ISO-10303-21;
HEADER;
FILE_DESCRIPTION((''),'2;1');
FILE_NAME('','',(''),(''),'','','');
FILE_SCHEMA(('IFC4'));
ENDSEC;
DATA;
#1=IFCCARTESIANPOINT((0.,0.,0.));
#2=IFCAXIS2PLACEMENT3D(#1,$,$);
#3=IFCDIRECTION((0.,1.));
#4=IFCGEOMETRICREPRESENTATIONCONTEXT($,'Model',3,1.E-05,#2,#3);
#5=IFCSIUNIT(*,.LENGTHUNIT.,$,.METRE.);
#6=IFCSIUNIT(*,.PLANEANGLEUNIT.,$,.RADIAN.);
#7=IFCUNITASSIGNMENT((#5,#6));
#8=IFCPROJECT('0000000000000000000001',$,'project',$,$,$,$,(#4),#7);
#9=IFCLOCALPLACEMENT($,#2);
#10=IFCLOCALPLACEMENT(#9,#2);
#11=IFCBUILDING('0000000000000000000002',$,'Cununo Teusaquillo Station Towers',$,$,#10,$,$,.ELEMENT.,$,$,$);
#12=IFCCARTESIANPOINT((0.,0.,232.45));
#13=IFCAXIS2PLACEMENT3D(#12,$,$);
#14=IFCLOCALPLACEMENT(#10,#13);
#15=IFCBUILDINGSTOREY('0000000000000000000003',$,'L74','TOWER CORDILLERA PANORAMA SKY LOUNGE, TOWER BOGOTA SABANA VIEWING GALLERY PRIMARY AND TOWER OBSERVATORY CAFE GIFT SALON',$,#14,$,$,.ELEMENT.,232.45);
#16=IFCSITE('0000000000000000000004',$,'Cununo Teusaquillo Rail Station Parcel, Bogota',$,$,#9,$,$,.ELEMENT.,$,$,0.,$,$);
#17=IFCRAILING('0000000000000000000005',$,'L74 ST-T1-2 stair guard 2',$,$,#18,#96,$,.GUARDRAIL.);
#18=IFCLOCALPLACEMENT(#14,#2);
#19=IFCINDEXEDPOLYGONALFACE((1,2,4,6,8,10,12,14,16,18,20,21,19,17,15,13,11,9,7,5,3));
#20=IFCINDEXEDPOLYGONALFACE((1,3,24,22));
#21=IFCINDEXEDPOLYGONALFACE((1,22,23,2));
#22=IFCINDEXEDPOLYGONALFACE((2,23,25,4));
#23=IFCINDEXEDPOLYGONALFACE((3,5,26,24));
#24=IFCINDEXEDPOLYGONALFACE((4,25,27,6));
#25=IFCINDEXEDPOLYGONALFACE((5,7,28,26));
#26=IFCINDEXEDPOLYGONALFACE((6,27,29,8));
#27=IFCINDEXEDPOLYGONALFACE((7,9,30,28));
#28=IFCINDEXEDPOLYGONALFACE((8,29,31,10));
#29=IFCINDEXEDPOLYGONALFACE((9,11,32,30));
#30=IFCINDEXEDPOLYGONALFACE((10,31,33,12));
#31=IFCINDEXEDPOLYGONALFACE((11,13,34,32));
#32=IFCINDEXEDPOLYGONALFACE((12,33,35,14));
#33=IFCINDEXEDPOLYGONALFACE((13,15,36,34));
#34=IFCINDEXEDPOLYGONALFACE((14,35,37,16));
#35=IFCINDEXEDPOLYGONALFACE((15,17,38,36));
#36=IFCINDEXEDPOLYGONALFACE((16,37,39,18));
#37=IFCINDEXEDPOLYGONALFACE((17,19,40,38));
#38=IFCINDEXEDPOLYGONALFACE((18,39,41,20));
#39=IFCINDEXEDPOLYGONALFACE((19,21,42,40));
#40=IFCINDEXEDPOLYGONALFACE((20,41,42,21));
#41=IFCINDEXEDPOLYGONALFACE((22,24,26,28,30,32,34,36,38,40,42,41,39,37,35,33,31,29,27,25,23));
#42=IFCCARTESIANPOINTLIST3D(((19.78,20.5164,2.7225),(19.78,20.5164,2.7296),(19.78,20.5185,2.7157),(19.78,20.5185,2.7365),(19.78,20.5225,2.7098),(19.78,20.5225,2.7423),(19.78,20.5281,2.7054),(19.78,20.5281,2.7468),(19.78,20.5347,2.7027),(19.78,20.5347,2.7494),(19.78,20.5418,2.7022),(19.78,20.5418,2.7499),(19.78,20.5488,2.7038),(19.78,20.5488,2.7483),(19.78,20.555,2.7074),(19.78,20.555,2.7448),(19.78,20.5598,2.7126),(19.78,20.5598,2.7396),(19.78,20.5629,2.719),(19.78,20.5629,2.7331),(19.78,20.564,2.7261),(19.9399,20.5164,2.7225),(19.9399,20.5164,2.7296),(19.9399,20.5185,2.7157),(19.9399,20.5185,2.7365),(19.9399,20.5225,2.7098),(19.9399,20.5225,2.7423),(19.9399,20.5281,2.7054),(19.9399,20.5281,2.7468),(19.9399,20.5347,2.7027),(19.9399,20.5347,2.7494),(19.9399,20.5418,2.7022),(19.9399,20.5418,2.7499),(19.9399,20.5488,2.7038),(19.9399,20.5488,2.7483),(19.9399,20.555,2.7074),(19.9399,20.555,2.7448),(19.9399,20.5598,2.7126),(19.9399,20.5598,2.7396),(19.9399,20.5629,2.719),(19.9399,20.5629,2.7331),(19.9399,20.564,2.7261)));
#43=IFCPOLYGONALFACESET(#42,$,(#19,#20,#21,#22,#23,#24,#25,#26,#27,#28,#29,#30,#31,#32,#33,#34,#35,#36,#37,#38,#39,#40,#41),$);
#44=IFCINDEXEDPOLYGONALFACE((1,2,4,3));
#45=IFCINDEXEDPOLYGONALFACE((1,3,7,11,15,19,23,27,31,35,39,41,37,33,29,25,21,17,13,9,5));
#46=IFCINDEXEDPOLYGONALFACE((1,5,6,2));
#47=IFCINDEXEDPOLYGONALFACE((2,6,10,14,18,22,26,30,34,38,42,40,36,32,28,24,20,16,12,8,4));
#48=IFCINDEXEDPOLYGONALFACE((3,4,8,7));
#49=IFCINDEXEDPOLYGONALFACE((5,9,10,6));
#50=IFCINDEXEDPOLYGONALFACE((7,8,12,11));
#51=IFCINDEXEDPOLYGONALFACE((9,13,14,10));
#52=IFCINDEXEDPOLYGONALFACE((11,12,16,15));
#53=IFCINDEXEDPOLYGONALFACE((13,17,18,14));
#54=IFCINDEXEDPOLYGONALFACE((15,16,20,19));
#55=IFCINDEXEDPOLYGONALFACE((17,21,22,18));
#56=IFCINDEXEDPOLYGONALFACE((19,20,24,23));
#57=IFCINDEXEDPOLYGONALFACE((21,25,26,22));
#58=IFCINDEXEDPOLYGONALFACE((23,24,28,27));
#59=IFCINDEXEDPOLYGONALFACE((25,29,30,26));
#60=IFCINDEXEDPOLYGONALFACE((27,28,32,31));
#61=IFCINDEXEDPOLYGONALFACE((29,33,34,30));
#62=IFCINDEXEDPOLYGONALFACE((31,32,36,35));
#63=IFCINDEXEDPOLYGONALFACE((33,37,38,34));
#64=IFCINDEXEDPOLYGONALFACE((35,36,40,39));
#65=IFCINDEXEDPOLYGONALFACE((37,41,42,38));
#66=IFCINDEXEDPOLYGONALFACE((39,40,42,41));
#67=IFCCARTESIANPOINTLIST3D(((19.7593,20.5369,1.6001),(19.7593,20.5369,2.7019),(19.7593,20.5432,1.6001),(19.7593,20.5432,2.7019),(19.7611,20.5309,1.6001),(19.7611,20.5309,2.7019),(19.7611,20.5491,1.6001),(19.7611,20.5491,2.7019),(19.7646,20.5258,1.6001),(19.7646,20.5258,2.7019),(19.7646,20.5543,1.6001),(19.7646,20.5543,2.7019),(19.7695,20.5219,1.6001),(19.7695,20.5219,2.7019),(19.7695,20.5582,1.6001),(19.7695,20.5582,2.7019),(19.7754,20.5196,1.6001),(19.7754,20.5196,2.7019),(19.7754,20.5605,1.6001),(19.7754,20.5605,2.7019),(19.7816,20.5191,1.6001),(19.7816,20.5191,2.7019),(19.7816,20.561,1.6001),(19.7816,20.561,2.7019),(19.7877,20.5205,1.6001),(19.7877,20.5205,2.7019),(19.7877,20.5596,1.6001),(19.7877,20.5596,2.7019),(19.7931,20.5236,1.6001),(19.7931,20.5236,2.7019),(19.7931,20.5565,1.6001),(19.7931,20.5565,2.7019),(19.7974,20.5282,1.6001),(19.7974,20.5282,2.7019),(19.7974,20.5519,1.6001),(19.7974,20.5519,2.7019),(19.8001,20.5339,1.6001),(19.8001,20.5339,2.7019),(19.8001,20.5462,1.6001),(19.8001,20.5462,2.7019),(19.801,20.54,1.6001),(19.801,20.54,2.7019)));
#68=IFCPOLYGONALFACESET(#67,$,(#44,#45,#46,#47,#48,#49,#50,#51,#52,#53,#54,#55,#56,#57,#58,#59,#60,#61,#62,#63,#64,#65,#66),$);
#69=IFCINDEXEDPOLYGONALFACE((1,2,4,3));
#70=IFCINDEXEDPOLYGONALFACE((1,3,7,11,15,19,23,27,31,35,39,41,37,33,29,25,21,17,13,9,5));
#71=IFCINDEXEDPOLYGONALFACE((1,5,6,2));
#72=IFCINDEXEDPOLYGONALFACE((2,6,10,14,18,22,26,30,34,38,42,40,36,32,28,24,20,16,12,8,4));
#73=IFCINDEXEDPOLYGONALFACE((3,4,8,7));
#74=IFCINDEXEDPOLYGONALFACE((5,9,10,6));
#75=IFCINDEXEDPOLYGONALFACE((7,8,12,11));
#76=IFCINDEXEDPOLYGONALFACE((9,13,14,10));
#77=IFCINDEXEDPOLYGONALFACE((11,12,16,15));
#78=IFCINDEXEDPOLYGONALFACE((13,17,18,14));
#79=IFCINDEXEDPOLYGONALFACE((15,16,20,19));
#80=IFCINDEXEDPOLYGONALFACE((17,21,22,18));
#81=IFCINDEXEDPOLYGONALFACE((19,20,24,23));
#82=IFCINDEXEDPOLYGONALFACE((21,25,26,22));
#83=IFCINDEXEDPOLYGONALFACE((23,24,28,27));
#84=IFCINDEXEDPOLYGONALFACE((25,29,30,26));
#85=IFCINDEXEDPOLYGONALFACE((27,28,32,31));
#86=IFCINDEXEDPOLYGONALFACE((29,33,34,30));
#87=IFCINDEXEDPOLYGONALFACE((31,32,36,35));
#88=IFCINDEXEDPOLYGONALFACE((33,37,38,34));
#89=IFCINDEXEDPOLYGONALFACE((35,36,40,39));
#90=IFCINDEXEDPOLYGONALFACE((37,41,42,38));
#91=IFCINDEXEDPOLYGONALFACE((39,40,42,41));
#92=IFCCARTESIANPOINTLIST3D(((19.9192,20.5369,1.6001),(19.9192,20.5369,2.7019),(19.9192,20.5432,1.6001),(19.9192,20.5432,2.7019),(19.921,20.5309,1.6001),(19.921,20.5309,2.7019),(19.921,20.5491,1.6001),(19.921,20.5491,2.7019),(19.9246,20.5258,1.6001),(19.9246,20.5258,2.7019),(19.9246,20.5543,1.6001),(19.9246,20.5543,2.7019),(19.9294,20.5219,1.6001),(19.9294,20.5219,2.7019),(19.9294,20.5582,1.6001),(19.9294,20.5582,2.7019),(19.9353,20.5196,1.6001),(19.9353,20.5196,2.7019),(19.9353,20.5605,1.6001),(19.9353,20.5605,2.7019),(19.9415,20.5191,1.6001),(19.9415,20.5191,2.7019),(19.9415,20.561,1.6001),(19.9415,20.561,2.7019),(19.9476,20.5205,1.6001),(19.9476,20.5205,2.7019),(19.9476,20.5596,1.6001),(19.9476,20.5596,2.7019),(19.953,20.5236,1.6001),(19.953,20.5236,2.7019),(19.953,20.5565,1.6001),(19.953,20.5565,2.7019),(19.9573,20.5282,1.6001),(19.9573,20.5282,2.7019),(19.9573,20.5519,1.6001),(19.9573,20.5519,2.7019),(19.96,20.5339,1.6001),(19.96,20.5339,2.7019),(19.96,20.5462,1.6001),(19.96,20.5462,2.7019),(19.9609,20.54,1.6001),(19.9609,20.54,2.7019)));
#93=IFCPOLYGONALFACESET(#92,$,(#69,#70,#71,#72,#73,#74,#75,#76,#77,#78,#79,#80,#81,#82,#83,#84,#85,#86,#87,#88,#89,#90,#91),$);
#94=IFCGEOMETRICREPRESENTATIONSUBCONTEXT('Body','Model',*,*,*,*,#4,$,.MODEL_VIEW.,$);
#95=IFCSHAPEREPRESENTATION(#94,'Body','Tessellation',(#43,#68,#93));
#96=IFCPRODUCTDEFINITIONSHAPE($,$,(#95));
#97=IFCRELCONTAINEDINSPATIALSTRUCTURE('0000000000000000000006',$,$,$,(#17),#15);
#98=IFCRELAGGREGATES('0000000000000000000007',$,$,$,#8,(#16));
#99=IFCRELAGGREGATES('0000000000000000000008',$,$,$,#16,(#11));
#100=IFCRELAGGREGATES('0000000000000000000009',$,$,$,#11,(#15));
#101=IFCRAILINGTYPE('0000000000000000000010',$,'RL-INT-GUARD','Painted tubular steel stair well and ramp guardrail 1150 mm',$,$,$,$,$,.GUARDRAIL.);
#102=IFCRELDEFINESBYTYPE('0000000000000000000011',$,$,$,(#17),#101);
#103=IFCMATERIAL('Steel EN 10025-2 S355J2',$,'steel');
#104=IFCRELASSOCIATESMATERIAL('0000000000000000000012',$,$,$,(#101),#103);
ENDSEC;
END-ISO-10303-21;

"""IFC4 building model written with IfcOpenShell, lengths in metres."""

from ifc_helpers import new_model, si_unit, direction, frame, origin, origin_2d, place, context, subcontext, project, spatial, circle, extrude, material, type_object, element, save


model = new_model("IFC4")

# Units and contexts
model_context = context("Model", 3, precision=1e-05, world=origin(), true_north=direction((0.0, 1.0)))
body_context = subcontext(model_context, "Body", "Model", "MODEL_VIEW")
ifc_project = project(units=[si_unit("LENGTHUNIT", "METRE"), si_unit("PLANEANGLEUNIT", "RADIAN")], contexts=[model_context])

# Site, building, storey
site_placement = place(None, origin())
site = spatial("IfcSite", under=ifc_project, at=site_placement, Name="Cununo Teusaquillo Rail Station Parcel, Bogota", CompositionType="ELEMENT", RefElevation=0.0)
building_placement = place(site_placement, origin())
building = spatial("IfcBuilding", under=site, at=building_placement, Name="Cununo Teusaquillo Station Towers", CompositionType="ELEMENT")
storey_placement = place(building_placement, frame((0.0, 0.0, 232.45)))
storey = spatial("IfcBuildingStorey", under=building, at=storey_placement, Name="L74", Description="TOWER CORDILLERA PANORAMA SKY LOUNGE, TOWER BOGOTA SABANA VIEWING GALLERY PRIMARY AND TOWER OBSERVATORY CAFE GIFT SALON", CompositionType="ELEMENT", Elevation=232.45)

# Railing
ifc_material_1 = material(Name="Steel EN 10025-2 S355J2", Category="steel")
railing_type_1 = type_object("IfcRailingType", Name="RL-INT-GUARD", Description="Painted tubular steel stair well and ramp guardrail 1150 mm", PredefinedType="GUARDRAIL", material=ifc_material_1)
railing_1_placement = place(storey_placement, frame((19.78, 20.54, 1.6001)))
element("IfcRailing", 1, at=railing_1_placement, inside=storey, type_object=railing_type_1, Name="L74 ST-T1-2 stair guard 2", PredefinedType="GUARDRAIL", context=body_context, shape_type="SweptSolid", body=[
    extrude(circle(Radius=0.0239, at=origin_2d()), frame((0.0, 0.0, 1.126), z_axis=(1.0, 0.0, 0.0), x_axis=(0.0, 1.0, 0.0)), (0.0, 0.0, 1.0), 0.1599),
    extrude(circle(Radius=0.021, at=origin_2d()), origin(), (0.0, 0.0, 1.0), 1.1018),
    extrude(circle(Radius=0.021, at=origin_2d()), frame((0.1599, 0.0, 0.0)), (0.0, 0.0, 1.0), 1.1018),
])

save(model, "model.ifc")
